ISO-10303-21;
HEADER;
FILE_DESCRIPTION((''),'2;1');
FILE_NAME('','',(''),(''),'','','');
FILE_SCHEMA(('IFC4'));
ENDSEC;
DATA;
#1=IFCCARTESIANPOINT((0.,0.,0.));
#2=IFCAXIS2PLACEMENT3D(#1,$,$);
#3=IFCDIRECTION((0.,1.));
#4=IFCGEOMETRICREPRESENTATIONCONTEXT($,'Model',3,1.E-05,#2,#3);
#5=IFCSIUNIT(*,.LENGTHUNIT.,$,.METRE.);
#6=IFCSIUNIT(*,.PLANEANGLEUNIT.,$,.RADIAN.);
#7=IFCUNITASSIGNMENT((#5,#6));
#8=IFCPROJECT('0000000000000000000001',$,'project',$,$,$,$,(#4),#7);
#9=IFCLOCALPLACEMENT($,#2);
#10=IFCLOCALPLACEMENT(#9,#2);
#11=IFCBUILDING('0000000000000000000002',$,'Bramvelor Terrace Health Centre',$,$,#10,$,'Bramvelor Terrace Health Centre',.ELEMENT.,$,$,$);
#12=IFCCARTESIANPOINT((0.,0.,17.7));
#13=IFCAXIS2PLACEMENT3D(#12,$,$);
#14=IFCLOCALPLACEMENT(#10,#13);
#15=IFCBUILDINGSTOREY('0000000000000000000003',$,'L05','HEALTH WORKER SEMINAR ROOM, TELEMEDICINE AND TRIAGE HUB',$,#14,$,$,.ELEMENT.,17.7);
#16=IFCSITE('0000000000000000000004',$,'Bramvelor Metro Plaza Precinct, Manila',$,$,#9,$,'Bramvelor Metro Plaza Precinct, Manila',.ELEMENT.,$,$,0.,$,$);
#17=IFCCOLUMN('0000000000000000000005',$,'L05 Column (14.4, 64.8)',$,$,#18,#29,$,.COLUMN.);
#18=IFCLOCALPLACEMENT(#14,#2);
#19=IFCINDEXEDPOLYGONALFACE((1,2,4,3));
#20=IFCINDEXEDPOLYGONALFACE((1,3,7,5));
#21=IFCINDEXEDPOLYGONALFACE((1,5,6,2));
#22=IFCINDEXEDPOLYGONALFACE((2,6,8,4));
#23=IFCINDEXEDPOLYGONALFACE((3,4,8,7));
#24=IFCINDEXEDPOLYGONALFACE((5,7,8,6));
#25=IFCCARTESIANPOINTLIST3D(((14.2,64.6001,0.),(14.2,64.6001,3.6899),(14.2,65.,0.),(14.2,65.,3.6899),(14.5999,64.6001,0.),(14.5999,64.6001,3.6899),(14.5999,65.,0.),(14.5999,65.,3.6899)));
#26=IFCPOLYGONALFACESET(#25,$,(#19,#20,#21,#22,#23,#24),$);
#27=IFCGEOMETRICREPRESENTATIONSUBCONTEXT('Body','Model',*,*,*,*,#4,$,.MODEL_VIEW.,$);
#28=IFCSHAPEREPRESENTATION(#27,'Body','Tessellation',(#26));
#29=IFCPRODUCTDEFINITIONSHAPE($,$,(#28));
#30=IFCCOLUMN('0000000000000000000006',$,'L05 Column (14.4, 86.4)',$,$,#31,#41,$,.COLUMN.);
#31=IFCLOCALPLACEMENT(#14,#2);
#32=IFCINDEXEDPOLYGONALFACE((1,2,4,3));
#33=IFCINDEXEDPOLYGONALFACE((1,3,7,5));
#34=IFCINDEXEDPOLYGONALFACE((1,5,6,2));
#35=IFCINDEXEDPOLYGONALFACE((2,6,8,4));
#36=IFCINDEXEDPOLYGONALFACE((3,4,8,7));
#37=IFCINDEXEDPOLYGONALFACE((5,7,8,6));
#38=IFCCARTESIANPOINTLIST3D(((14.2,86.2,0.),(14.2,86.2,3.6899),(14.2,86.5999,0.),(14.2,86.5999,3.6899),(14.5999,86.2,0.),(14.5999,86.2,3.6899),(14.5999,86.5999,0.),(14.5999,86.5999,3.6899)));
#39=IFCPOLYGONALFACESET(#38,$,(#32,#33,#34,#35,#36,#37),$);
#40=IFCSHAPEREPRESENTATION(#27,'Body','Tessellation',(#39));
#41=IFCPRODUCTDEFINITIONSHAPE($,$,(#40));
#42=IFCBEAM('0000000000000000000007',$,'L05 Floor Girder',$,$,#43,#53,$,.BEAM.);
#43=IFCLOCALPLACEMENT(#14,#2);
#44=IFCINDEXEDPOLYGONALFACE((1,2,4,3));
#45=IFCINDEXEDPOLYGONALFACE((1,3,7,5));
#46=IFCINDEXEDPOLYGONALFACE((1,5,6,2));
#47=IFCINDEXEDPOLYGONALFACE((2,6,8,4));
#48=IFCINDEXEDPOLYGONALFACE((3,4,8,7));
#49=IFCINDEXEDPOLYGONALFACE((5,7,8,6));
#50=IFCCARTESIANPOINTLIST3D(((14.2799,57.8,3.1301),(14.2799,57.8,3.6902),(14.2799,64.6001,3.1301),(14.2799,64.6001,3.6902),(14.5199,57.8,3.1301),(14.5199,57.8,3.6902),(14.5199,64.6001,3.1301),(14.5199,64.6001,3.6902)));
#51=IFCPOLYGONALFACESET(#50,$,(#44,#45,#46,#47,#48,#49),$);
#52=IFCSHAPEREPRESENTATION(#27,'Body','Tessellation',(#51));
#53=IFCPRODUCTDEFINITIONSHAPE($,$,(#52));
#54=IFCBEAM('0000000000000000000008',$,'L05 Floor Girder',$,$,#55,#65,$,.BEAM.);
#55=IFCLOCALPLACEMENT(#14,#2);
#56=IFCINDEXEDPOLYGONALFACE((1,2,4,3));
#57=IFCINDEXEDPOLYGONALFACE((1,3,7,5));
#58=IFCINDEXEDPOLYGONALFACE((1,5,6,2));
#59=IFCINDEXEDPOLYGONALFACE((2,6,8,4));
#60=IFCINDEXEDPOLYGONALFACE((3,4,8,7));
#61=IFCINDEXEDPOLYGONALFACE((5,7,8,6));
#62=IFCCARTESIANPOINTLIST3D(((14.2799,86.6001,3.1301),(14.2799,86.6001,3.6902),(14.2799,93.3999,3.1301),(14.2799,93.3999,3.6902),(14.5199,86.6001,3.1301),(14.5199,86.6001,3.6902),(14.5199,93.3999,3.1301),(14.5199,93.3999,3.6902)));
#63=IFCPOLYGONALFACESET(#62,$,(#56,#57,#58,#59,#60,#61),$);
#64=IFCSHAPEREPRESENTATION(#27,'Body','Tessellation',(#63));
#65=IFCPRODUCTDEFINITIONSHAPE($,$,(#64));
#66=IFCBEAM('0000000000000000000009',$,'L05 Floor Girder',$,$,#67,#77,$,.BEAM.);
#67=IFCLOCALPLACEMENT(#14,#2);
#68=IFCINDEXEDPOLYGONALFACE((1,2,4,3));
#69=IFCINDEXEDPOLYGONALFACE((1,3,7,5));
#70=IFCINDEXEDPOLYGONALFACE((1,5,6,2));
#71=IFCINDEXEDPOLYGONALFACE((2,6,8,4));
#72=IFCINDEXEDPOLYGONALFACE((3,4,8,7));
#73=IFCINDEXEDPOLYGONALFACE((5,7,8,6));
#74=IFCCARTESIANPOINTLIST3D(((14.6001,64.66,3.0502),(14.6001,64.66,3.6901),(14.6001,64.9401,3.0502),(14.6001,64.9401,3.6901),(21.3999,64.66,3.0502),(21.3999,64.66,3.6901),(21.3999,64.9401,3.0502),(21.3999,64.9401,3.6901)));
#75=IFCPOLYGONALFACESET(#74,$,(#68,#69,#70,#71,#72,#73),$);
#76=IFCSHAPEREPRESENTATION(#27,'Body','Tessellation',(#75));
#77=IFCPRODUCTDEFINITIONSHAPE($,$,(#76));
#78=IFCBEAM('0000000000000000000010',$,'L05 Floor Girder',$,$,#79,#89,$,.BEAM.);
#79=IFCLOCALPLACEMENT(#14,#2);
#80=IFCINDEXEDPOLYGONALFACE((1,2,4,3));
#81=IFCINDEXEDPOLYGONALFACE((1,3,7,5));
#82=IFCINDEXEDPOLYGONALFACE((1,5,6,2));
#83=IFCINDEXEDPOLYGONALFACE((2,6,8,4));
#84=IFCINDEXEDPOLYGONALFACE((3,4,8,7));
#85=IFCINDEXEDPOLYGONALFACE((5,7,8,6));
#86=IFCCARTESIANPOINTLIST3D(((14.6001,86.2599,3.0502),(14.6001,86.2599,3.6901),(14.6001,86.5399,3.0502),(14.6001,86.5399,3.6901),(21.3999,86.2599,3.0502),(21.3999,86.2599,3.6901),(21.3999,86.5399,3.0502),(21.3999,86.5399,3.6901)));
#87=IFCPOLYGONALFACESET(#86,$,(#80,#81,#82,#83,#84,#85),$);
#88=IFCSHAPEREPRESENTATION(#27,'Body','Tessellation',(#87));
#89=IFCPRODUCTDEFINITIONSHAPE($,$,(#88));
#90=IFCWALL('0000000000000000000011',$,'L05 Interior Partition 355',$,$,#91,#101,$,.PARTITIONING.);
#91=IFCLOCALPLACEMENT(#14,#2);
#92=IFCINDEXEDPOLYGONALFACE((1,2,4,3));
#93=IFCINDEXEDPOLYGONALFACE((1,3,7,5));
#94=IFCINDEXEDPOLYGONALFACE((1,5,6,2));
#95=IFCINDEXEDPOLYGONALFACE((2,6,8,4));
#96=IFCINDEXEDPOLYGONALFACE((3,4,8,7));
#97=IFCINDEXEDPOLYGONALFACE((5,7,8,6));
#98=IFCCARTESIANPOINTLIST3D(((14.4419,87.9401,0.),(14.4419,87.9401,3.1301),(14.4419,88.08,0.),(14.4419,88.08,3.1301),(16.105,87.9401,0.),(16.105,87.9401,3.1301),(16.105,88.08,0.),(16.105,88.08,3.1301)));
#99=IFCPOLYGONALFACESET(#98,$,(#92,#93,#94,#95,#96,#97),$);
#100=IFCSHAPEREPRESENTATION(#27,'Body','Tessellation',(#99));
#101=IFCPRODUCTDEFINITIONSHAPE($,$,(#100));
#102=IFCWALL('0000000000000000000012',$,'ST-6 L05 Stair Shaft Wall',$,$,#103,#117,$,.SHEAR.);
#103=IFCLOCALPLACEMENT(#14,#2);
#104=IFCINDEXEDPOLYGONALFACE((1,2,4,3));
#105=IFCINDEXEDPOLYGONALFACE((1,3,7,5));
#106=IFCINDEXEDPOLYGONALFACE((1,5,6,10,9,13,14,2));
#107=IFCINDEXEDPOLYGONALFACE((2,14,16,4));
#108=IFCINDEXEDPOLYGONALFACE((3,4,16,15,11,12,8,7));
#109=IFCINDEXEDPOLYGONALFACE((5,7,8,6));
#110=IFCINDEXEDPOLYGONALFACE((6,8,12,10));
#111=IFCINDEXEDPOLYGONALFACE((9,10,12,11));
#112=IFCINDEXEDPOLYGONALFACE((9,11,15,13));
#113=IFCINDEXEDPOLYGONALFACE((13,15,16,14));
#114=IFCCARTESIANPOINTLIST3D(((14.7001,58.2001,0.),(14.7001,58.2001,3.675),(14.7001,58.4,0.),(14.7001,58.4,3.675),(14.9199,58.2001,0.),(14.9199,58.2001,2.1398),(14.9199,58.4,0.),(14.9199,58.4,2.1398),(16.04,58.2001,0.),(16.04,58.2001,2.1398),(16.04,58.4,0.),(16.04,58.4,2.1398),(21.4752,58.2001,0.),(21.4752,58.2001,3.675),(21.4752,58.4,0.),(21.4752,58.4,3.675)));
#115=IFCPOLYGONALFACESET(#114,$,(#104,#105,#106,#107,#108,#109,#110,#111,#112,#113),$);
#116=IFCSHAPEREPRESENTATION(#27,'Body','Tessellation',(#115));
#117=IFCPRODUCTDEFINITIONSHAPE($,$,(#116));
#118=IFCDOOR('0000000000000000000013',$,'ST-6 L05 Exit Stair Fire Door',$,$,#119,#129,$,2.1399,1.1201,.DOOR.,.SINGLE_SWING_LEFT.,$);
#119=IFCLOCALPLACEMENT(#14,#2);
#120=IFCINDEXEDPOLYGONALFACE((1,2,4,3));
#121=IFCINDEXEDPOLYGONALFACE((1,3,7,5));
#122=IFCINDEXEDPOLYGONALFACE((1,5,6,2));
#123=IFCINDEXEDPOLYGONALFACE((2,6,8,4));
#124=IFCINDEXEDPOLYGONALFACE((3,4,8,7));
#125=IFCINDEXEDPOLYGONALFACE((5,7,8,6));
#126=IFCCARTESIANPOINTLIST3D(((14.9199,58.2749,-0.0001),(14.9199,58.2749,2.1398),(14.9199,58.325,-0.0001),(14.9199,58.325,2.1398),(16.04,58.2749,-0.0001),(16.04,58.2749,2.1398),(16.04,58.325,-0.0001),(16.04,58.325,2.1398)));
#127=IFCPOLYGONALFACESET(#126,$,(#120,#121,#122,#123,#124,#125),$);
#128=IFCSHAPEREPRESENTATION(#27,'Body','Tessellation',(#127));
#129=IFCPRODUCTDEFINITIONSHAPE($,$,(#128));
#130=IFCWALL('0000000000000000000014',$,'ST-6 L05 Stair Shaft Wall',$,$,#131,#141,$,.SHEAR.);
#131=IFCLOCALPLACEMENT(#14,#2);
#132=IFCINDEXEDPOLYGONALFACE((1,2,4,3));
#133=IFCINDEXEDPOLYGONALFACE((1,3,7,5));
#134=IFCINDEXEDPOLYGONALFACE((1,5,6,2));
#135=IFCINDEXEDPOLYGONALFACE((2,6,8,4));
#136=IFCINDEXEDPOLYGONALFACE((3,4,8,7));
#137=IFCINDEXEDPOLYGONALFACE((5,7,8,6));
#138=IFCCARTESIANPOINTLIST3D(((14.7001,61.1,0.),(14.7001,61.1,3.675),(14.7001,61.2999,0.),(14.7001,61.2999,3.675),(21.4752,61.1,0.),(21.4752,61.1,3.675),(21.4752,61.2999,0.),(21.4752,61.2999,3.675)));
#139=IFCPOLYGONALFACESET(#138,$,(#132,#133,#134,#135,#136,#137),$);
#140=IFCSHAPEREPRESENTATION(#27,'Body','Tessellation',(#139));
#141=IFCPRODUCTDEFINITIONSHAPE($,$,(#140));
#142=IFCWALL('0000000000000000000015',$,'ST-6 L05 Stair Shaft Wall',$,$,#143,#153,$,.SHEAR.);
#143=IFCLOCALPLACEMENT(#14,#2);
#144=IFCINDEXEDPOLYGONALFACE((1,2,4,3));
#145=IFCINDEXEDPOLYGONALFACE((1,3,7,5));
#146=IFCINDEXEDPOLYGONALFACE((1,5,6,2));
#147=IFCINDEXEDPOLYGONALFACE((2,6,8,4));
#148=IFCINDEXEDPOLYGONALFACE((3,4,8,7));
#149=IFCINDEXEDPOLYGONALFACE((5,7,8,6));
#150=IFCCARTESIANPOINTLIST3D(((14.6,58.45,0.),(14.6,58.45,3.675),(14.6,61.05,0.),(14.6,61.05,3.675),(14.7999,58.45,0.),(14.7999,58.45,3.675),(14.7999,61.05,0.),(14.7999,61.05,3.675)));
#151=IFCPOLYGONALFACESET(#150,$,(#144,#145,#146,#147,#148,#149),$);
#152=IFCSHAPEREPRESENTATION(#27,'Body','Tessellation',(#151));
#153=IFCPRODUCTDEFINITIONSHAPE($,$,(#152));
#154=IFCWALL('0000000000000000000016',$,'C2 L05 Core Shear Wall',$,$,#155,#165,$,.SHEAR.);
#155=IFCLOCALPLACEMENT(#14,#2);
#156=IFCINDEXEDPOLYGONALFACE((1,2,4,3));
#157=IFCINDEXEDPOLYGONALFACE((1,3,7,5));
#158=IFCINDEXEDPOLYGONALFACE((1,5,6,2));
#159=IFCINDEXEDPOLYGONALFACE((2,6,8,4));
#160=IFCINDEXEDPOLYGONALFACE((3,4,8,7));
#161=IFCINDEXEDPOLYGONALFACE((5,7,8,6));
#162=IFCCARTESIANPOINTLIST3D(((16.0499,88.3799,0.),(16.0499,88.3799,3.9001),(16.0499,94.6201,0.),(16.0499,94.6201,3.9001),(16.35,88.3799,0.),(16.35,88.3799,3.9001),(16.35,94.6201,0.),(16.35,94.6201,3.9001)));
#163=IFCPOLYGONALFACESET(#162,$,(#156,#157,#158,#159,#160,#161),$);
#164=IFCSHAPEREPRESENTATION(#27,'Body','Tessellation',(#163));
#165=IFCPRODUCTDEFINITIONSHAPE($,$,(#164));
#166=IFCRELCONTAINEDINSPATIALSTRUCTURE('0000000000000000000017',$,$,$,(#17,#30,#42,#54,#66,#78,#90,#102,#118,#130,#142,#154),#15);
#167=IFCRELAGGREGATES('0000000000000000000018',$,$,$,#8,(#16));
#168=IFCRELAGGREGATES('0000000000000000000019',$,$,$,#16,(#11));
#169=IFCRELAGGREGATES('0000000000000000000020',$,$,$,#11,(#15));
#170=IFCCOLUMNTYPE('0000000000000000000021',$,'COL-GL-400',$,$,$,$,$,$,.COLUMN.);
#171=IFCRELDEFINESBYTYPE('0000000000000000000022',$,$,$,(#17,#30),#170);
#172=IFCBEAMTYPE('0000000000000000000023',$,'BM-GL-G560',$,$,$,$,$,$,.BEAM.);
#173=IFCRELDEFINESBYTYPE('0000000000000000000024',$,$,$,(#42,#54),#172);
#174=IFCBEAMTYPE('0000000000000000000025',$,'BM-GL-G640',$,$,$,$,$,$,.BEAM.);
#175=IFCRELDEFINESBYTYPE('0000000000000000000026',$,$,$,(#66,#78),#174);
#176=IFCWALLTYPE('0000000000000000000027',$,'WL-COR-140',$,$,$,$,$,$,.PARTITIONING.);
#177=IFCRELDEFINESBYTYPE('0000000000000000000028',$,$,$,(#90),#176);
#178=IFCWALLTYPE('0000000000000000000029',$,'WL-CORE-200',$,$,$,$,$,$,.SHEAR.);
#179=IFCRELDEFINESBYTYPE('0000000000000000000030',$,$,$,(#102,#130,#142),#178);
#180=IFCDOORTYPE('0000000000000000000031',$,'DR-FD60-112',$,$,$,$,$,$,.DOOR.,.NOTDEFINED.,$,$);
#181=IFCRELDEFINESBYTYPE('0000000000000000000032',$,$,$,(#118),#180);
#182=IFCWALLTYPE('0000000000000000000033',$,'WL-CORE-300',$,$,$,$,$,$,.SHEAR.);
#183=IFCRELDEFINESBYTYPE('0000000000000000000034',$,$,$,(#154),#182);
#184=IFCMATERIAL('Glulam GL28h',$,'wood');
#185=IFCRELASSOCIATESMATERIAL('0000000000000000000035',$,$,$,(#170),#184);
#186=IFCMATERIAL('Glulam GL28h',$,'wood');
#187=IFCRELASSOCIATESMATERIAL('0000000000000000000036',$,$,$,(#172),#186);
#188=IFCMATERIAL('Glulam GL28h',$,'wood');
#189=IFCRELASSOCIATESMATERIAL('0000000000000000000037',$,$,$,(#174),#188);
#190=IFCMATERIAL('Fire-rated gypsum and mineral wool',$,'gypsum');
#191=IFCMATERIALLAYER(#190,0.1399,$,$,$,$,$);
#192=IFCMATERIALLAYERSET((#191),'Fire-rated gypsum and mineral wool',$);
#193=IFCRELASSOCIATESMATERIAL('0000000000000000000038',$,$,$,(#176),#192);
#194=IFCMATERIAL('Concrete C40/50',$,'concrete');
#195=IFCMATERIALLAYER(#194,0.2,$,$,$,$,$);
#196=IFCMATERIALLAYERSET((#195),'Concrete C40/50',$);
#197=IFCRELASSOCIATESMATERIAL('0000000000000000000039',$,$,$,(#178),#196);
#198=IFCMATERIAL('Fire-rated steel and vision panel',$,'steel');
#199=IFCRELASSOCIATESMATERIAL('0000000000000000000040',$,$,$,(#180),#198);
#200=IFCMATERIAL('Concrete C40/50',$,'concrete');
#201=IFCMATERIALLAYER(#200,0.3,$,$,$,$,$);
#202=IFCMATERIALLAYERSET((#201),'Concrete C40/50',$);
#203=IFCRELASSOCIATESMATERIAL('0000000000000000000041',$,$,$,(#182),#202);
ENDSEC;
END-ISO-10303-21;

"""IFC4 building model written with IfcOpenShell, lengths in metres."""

from ifc_helpers import new_model, si_unit, direction, frame, frame_2d, origin, origin_2d, place, context, subcontext, project, spatial, rectangle, extrude, material, layer, layer_set, material_profile, profile_set, type_object, element, fill, save


model = new_model("IFC4")

# Units and contexts
model_context = context("Model", 3, precision=1e-05, world=origin(), true_north=direction((0.0, 1.0)))
body_context = subcontext(model_context, "Body", "Model", "MODEL_VIEW")
ifc_project = project(units=[si_unit("LENGTHUNIT", "METRE"), si_unit("PLANEANGLEUNIT", "RADIAN")], contexts=[model_context])

# Site, building, storey
site_placement = place(None, origin())
site = spatial("IfcSite", under=ifc_project, at=site_placement, Name="Bramvelor Metro Plaza Precinct, Manila", LongName="Bramvelor Metro Plaza Precinct, Manila", CompositionType="ELEMENT", RefElevation=0.0)
building_placement = place(site_placement, origin())
building = spatial("IfcBuilding", under=site, at=building_placement, Name="Bramvelor Terrace Health Centre", LongName="Bramvelor Terrace Health Centre", CompositionType="ELEMENT")
storey_placement = place(building_placement, frame((0.0, 0.0, 17.7)))
storey = spatial("IfcBuildingStorey", under=building, at=storey_placement, Name="L05", Description="HEALTH WORKER SEMINAR ROOM, TELEMEDICINE AND TRIAGE HUB", CompositionType="ELEMENT", Elevation=17.7)

# Columns
ifc_material_1 = material(Name="Glulam GL28h", Category="wood")
ifc_material_profile_1 = material_profile(ifc_material_1, rectangle(XDim=0.3999, YDim=0.3999, at=origin_2d()), Name="GL 400x400")
ifc_profile_set_1 = profile_set([ifc_material_profile_1], Name="Glulam GL28h")
column_type = type_object("IfcColumnType", Name="COL-GL-400", PredefinedType="COLUMN", material=ifc_profile_set_1)
for number, where, z_axis, x_axis, name in (
    (1, (14.3999, 64.8, 0.0), (0.0, 0.0, 1.0), (1.0, 0.0, 0.0), "L05 Column (14.4, 64.8)"),
    (2, (14.3999, 86.3999, 0.0), (0.0, 0.0, 1.0), (1.0, 0.0, 0.0), "L05 Column (14.4, 86.4)"),
):
    element("IfcColumn", number, at=place(storey_placement, frame(where, z_axis=z_axis, x_axis=x_axis)), inside=storey, type_object=column_type, Name=name, PredefinedType="COLUMN", context=body_context, shape_type="SweptSolid", body=[
        extrude(rectangle(XDim=0.3999, YDim=0.3999, at=origin_2d()), origin(), (0.0, 0.0, 1.0), 3.6899),
    ])

# Beams
ifc_material_2 = material(Name="Glulam GL28h", Category="wood")
ifc_material_profile_2 = material_profile(ifc_material_2, rectangle(XDim=0.24, YDim=0.5601, at=origin_2d()), Name="GL 240x560")
ifc_profile_set_2 = profile_set([ifc_material_profile_2], Name="Glulam GL28h")
beam_type_1 = type_object("IfcBeamType", Name="BM-GL-G560", PredefinedType="BEAM", material=ifc_profile_set_2)
beam_1_placement = place(storey_placement, frame((14.3999, 57.8, 3.4102), z_axis=(0.0, 1.0, 0.0), x_axis=(-1.0, 0.0, 0.0)))
element("IfcBeam", 3, at=beam_1_placement, inside=storey, type_object=beam_type_1, Name="L05 Floor Girder", PredefinedType="BEAM", context=body_context, shape_type="SweptSolid", body=[
    extrude(rectangle(XDim=0.24, YDim=0.5601, at=origin_2d()), origin(), (0.0, 0.0, 1.0), 6.8),
])
beam_2_placement = place(storey_placement, frame((14.3999, 86.6001, 3.4102), z_axis=(0.0, 1.0, 0.0), x_axis=(-1.0, 0.0, 0.0)))
element("IfcBeam", 4, at=beam_2_placement, inside=storey, type_object=beam_type_1, Name="L05 Floor Girder", PredefinedType="BEAM", context=body_context, shape_type="SweptSolid", body=[
    extrude(rectangle(XDim=0.24, YDim=0.5601, at=origin_2d()), origin(), (0.0, 0.0, 1.0), 6.7998),
])
ifc_material_3 = material(Name="Glulam GL28h", Category="wood")
ifc_material_profile_3 = material_profile(ifc_material_3, rectangle(XDim=0.28, YDim=0.6399, at=origin_2d()), Name="GL 280x640")
ifc_profile_set_3 = profile_set([ifc_material_profile_3], Name="Glulam GL28h")
beam_type_2 = type_object("IfcBeamType", Name="BM-GL-G640", PredefinedType="BEAM", material=ifc_profile_set_3)
for number, where, z_axis, x_axis, name in (
    (5, (14.6001, 64.8, 3.3701), (1.0, 0.0, 0.0), (0.0, 1.0, 0.0), "L05 Floor Girder"),
    (6, (14.6001, 86.3999, 3.3701), (1.0, 0.0, 0.0), (0.0, 1.0, 0.0), "L05 Floor Girder"),
):
    element("IfcBeam", number, at=place(storey_placement, frame(where, z_axis=z_axis, x_axis=x_axis)), inside=storey, type_object=beam_type_2, Name=name, PredefinedType="BEAM", context=body_context, shape_type="SweptSolid", body=[
        extrude(rectangle(XDim=0.28, YDim=0.6399, at=origin_2d()), origin(), (0.0, 0.0, 1.0), 6.7998),
    ])

# Wall
ifc_material_4 = material(Name="Fire-rated gypsum and mineral wool", Category="gypsum")
ifc_layer_1 = layer(ifc_material_4, 0.1399)
ifc_layer_set_1 = layer_set([ifc_layer_1], Name="Fire-rated gypsum and mineral wool")
wall_type_1 = type_object("IfcWallType", Name="WL-COR-140", PredefinedType="PARTITIONING", material=ifc_layer_set_1)
wall_1_placement = place(storey_placement, frame((16.105, 88.01, 0.0), z_axis=(0.0, 0.0, 1.0), x_axis=(-1.0, 0.0, 0.0)))
element("IfcWall", 7, at=wall_1_placement, inside=storey, type_object=wall_type_1, Name="L05 Interior Partition 355", PredefinedType="PARTITIONING", context=body_context, shape_type="SweptSolid", body=[
    extrude(rectangle(XDim=1.6631, YDim=0.1399, at=frame_2d((0.8315, 0.0))), origin(), (0.0, 0.0, 1.0), 3.1301),
])

# Wall, opening, door
ifc_material_5 = material(Name="Concrete C40/50", Category="concrete")
ifc_layer_2 = layer(ifc_material_5, 0.2)
ifc_layer_set_2 = layer_set([ifc_layer_2], Name="Concrete C40/50")
wall_type_2 = type_object("IfcWallType", Name="WL-CORE-200", PredefinedType="SHEAR", material=ifc_layer_set_2)
wall_2_placement = place(storey_placement, frame((14.7, 58.3, 0.0), z_axis=(0.0, 0.0, 1.0), x_axis=(1.0, 0.0, 0.0)))
wall_2 = element("IfcWall", 8, at=wall_2_placement, inside=storey, type_object=wall_type_2, Name="ST-6 L05 Stair Shaft Wall", PredefinedType="SHEAR", context=body_context, shape_type="SweptSolid", body=[
    extrude(rectangle(XDim=6.7751, YDim=0.2, at=frame_2d((3.3877, 0.0))), origin(), (0.0, 0.0, 1.0), 3.675),
])
opening_1_placement = place(wall_2_placement, frame((0.22, 0.0, 0.0)))
opening_1 = element("IfcOpeningElement", 9, at=opening_1_placement, cuts=wall_2, PredefinedType="OPENING", context=body_context, shape_type="SweptSolid", body=[
    extrude(rectangle(XDim=1.1201, YDim=2.1399, at=frame_2d((0.5601, 1.0698))), frame((0.0, 0.1099, 0.0), z_axis=(0.0, -1.0, 0.0), x_axis=(1.0, 0.0, 0.0)), (0.0, 0.0, 1.0), 0.22),
])
ifc_material_6 = material(Name="Fire-rated steel and vision panel", Category="steel")
door_type_1 = type_object("IfcDoorType", Name="DR-FD60-112", OperationType="NOTDEFINED", PredefinedType="DOOR", material=ifc_material_6)
door_1_placement = place(opening_1_placement, origin())
door_1 = element("IfcDoor", 10, at=door_1_placement, inside=storey, type_object=door_type_1, Name="ST-6 L05 Exit Stair Fire Door", OperationType="SINGLE_SWING_LEFT", OverallHeight=2.1399, OverallWidth=1.1201, PredefinedType="DOOR", context=body_context, shape_type="SweptSolid", body=[
    extrude(rectangle(XDim=1.1201, YDim=2.1399, at=frame_2d((0.5601, 1.0698))), frame((0.0, 0.0249, 0.0), z_axis=(0.0, -1.0, 0.0), x_axis=(1.0, 0.0, 0.0)), (0.0, 0.0, 1.0), 0.05),
])
fill(opening_1, door_1)

# Walls
wall_3_placement = place(storey_placement, frame((14.7, 61.2, 0.0), z_axis=(0.0, 0.0, 1.0), x_axis=(1.0, 0.0, 0.0)))
element("IfcWall", 11, at=wall_3_placement, inside=storey, type_object=wall_type_2, Name="ST-6 L05 Stair Shaft Wall", PredefinedType="SHEAR", context=body_context, shape_type="SweptSolid", body=[
    extrude(rectangle(XDim=6.7751, YDim=0.2, at=frame_2d((3.3877, 0.0))), origin(), (0.0, 0.0, 1.0), 3.675),
])
wall_4_placement = place(storey_placement, frame((14.7, 58.45, 0.0), z_axis=(0.0, 0.0, 1.0), x_axis=(0.0, 1.0, 0.0)))
element("IfcWall", 12, at=wall_4_placement, inside=storey, type_object=wall_type_2, Name="ST-6 L05 Stair Shaft Wall", PredefinedType="SHEAR", context=body_context, shape_type="SweptSolid", body=[
    extrude(rectangle(XDim=2.6001, YDim=0.2, at=frame_2d((1.3, 0.0))), origin(), (0.0, 0.0, 1.0), 3.675),
])

# Shared definitions
ifc_material_7 = material(Name="Concrete C40/50", Category="concrete")
ifc_layer_3 = layer(ifc_material_7, 0.3)
ifc_layer_set_3 = layer_set([ifc_layer_3], Name="Concrete C40/50")
wall_type_3 = type_object("IfcWallType", Name="WL-CORE-300", PredefinedType="SHEAR", material=ifc_layer_set_3)

# Wall
wall_5_placement = place(storey_placement, frame((16.2, 88.3799, 0.0), z_axis=(0.0, 0.0, 1.0), x_axis=(0.0, 1.0, 0.0)))
element("IfcWall", 13, at=wall_5_placement, inside=storey, type_object=wall_type_3, Name="C2 L05 Core Shear Wall", PredefinedType="SHEAR", context=body_context, shape_type="SweptSolid", body=[
    extrude(rectangle(XDim=6.2402, YDim=0.3, at=frame_2d((3.1201, 0.0))), origin(), (0.0, 0.0, 1.0), 3.9001),
])

save(model, "model.ifc")
